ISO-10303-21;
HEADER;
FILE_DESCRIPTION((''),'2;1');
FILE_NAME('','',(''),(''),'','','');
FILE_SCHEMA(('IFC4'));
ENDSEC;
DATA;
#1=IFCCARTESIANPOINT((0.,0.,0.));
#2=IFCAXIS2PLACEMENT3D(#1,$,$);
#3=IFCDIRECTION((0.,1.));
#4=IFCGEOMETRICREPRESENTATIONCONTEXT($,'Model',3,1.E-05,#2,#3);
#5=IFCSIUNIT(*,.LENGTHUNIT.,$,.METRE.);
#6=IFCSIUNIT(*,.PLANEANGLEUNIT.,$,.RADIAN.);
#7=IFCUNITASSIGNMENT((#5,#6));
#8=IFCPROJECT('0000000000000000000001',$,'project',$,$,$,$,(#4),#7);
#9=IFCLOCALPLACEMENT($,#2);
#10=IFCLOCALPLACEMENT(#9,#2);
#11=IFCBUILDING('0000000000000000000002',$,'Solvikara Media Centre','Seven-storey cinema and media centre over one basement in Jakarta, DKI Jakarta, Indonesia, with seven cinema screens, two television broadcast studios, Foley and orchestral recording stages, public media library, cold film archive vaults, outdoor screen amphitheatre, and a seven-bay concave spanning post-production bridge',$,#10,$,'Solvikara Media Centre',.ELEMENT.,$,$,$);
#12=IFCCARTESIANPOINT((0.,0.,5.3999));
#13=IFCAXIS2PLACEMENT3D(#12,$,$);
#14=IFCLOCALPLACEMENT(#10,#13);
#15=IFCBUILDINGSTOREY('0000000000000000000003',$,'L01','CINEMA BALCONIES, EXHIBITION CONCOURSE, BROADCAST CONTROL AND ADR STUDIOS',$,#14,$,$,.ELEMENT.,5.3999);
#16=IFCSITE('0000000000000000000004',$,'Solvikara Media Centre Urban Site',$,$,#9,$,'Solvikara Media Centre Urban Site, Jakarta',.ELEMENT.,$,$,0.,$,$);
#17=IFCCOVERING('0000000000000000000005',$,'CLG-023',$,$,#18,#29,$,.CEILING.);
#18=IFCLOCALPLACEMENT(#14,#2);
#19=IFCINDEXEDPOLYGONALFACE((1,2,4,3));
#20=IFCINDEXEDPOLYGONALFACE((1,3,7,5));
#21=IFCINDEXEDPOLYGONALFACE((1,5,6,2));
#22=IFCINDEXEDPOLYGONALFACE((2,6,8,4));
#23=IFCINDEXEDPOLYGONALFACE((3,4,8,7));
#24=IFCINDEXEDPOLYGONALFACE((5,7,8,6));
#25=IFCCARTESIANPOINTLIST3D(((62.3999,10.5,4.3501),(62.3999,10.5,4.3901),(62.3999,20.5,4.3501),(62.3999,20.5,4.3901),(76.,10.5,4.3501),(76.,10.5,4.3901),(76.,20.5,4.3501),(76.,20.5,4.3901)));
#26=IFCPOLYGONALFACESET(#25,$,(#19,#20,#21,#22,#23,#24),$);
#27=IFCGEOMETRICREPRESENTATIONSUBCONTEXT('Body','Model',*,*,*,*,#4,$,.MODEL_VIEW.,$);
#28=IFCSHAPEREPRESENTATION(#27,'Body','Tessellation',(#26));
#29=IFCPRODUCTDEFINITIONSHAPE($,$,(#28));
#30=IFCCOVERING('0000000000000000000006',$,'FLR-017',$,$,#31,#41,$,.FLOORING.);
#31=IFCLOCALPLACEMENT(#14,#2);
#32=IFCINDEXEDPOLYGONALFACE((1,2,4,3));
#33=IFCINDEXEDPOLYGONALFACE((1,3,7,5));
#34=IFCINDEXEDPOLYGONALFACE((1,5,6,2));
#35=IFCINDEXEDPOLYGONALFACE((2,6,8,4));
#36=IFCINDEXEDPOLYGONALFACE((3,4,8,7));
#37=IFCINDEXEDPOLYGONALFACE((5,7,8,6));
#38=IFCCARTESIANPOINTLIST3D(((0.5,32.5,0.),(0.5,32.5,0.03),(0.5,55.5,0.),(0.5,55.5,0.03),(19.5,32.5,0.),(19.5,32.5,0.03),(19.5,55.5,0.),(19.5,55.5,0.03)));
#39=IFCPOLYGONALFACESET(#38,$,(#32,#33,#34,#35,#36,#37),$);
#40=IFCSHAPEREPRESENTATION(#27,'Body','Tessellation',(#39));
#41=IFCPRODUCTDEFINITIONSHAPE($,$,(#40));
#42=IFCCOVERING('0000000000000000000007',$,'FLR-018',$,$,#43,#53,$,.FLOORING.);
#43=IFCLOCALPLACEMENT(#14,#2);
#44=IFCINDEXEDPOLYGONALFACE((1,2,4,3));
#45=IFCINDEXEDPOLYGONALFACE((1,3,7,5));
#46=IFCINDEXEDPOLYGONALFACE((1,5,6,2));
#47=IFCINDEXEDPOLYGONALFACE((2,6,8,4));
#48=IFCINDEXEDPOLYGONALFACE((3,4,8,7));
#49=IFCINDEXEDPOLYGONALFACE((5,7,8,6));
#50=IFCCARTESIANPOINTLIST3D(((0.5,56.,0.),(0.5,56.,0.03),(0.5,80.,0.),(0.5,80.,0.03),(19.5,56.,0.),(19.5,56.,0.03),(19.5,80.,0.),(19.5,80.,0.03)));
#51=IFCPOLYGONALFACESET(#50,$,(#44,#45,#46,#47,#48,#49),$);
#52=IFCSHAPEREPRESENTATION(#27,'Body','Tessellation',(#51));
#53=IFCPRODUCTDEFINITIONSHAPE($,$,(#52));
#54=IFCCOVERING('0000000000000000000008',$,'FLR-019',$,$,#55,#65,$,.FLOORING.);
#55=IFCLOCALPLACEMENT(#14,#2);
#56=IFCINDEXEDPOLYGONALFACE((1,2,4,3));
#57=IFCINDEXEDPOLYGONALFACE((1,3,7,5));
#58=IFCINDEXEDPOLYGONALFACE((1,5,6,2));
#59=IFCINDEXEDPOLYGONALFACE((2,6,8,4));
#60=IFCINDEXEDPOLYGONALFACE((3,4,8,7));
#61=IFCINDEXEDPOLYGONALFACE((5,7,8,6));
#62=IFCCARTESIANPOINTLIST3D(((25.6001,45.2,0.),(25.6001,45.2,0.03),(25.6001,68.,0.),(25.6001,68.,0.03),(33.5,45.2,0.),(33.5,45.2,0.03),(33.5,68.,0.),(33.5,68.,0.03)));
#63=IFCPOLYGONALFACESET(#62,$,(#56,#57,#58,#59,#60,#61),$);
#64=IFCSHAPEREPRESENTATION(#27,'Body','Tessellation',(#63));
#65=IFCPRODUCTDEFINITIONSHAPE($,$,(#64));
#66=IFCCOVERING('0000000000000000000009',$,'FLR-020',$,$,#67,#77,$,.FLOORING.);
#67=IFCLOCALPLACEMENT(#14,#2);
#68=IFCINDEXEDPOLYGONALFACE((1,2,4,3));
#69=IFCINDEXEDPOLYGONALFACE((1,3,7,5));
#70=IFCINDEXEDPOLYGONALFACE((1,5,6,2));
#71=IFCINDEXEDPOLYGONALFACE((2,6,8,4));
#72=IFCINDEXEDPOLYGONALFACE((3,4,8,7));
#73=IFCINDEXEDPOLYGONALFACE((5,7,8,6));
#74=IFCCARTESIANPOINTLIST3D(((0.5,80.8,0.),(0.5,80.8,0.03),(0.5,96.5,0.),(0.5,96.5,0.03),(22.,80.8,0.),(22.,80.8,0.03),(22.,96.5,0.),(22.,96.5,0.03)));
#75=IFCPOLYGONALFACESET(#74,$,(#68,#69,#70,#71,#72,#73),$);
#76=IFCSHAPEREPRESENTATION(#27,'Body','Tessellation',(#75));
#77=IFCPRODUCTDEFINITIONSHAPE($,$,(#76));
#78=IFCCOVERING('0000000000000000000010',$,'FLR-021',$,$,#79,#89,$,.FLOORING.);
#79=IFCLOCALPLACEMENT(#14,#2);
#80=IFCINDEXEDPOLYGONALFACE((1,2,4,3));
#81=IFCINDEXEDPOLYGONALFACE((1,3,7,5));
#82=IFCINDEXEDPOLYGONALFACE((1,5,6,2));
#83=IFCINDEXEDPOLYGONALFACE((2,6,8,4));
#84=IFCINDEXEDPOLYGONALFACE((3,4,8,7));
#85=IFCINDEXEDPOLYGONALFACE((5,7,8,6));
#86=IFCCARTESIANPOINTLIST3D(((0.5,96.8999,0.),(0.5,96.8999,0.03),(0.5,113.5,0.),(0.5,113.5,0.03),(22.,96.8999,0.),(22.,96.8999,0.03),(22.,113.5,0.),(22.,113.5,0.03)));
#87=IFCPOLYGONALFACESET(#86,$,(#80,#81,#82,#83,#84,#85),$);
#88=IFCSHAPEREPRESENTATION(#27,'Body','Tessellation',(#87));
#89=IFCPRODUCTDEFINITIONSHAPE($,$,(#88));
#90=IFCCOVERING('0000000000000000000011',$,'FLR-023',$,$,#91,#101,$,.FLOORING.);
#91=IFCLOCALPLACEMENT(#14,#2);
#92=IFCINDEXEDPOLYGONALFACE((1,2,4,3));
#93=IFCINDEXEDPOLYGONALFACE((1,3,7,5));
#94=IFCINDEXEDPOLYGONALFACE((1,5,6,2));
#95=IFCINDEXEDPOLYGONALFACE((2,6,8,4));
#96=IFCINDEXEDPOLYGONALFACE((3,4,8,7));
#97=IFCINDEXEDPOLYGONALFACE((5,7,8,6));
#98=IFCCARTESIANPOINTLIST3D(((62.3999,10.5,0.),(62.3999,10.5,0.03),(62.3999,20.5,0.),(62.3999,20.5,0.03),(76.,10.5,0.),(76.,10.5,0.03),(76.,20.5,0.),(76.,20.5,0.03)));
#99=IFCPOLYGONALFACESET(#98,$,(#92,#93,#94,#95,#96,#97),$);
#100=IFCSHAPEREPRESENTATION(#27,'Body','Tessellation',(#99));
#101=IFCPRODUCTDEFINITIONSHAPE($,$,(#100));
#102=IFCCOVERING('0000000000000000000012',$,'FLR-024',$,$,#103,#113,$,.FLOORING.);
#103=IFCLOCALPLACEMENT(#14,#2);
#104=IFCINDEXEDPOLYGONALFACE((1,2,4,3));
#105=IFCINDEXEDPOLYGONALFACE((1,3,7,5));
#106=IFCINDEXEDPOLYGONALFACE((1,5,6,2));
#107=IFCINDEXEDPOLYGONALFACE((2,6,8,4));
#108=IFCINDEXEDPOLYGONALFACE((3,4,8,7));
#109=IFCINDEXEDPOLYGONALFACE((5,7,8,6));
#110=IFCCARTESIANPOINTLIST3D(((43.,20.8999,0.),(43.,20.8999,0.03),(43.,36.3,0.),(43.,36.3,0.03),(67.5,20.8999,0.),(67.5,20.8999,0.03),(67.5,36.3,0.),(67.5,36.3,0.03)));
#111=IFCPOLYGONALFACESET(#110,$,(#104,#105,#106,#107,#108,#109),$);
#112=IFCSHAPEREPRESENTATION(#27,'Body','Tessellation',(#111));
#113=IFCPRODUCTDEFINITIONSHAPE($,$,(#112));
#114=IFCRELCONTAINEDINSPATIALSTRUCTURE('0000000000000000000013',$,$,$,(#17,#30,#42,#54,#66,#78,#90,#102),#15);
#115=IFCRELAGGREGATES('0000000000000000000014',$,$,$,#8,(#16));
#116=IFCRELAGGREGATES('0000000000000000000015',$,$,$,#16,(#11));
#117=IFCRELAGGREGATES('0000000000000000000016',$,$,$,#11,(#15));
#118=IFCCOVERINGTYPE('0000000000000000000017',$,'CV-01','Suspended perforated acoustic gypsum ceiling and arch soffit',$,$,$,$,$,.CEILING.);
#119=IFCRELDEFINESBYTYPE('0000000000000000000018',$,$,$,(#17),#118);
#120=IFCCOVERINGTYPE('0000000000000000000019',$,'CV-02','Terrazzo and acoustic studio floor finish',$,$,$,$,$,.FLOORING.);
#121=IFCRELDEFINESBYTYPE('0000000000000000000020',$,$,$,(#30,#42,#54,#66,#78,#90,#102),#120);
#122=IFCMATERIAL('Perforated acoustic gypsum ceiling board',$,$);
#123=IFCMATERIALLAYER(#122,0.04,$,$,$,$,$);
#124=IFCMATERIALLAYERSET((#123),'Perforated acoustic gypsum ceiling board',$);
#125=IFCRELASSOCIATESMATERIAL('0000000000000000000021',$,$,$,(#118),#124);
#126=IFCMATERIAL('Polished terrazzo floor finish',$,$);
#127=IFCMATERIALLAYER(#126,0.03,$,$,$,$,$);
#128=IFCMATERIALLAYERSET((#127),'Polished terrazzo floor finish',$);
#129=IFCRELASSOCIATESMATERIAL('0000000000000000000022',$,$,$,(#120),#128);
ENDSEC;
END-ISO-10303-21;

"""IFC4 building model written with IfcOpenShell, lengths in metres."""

from ifc_helpers import new_model, si_unit, direction, frame, origin, place, context, subcontext, project, spatial, polyline, outline, extrude, material, layer, layer_set, type_object, element, save


model = new_model("IFC4")

# Units and contexts
model_context = context("Model", 3, precision=1e-05, world=origin(), true_north=direction((0.0, 1.0)))
body_context = subcontext(model_context, "Body", "Model", "MODEL_VIEW")
ifc_project = project(units=[si_unit("LENGTHUNIT", "METRE"), si_unit("PLANEANGLEUNIT", "RADIAN")], contexts=[model_context])

# Site, building, storey
site_placement = place(None, origin())
site = spatial("IfcSite", under=ifc_project, at=site_placement, Name="Solvikara Media Centre Urban Site", LongName="Solvikara Media Centre Urban Site, Jakarta", CompositionType="ELEMENT", RefElevation=0.0)
building_placement = place(site_placement, origin())
building = spatial("IfcBuilding", under=site, at=building_placement, Name="Solvikara Media Centre", Description="Seven-storey cinema and media centre over one basement in Jakarta, DKI Jakarta, Indonesia, with seven cinema screens, two television broadcast studios, Foley and orchestral recording stages, public media library, cold film archive vaults, outdoor screen amphitheatre, and a seven-bay concave spanning post-production bridge", LongName="Solvikara Media Centre", CompositionType="ELEMENT")
storey_placement = place(building_placement, frame((0.0, 0.0, 5.3999)))
storey = spatial("IfcBuildingStorey", under=building, at=storey_placement, Name="L01", Description="CINEMA BALCONIES, EXHIBITION CONCOURSE, BROADCAST CONTROL AND ADR STUDIOS", CompositionType="ELEMENT", Elevation=5.3999)

# Coverings
ifc_material_1 = material(Name="Perforated acoustic gypsum ceiling board")
ifc_layer_1 = layer(ifc_material_1, 0.04)
ifc_layer_set_1 = layer_set([ifc_layer_1], Name="Perforated acoustic gypsum ceiling board")
covering_type_1 = type_object("IfcCoveringType", Name="CV-01", Description="Suspended perforated acoustic gypsum ceiling and arch soffit", PredefinedType="CEILING", material=ifc_layer_set_1)
covering_1_placement = place(storey_placement, frame((0.0, 0.0, 4.3501)))
element("IfcCovering", 1, at=covering_1_placement, inside=storey, type_object=covering_type_1, Name="CLG-023", PredefinedType="CEILING", context=body_context, shape_type="SweptSolid", body=[
    extrude(outline(polyline([(62.3999, 10.5), (76.0, 10.5), (76.0, 20.5), (62.3999, 20.5), (62.3999, 10.5)])), origin(), (0.0, 0.0, 1.0), 0.04),
])
ifc_material_2 = material(Name="Polished terrazzo floor finish")
ifc_layer_2 = layer(ifc_material_2, 0.03)
ifc_layer_set_2 = layer_set([ifc_layer_2], Name="Polished terrazzo floor finish")
covering_type_2 = type_object("IfcCoveringType", Name="CV-02", Description="Terrazzo and acoustic studio floor finish", PredefinedType="FLOORING", material=ifc_layer_set_2)
covering_2_placement = place(storey_placement, origin())
element("IfcCovering", 2, at=covering_2_placement, inside=storey, type_object=covering_type_2, Name="FLR-017", PredefinedType="FLOORING", context=body_context, shape_type="SweptSolid", body=[
    extrude(outline(polyline([(0.5, 32.5), (19.5, 32.5), (19.5, 55.5), (0.5, 55.5), (0.5, 32.5)])), origin(), (0.0, 0.0, 1.0), 0.03),
])
covering_3_placement = place(storey_placement, origin())
element("IfcCovering", 3, at=covering_3_placement, inside=storey, type_object=covering_type_2, Name="FLR-018", PredefinedType="FLOORING", context=body_context, shape_type="SweptSolid", body=[
    extrude(outline(polyline([(0.5, 56.0), (19.5, 56.0), (19.5, 80.0), (0.5, 80.0), (0.5, 56.0)])), origin(), (0.0, 0.0, 1.0), 0.03),
])
covering_4_placement = place(storey_placement, origin())
element("IfcCovering", 4, at=covering_4_placement, inside=storey, type_object=covering_type_2, Name="FLR-019", PredefinedType="FLOORING", context=body_context, shape_type="SweptSolid", body=[
    extrude(outline(polyline([(25.6001, 45.2), (33.5, 45.2), (33.5, 68.0), (25.6001, 68.0), (25.6001, 45.2)])), origin(), (0.0, 0.0, 1.0), 0.03),
])
covering_5_placement = place(storey_placement, origin())
element("IfcCovering", 5, at=covering_5_placement, inside=storey, type_object=covering_type_2, Name="FLR-020", PredefinedType="FLOORING", context=body_context, shape_type="SweptSolid", body=[
    extrude(outline(polyline([(0.5, 80.8), (22.0, 80.8), (22.0, 96.5), (0.5, 96.5), (0.5, 80.8)])), origin(), (0.0, 0.0, 1.0), 0.03),
])
covering_6_placement = place(storey_placement, origin())
element("IfcCovering", 6, at=covering_6_placement, inside=storey, type_object=covering_type_2, Name="FLR-021", PredefinedType="FLOORING", context=body_context, shape_type="SweptSolid", body=[
    extrude(outline(polyline([(0.5, 96.8999), (22.0, 96.8999), (22.0, 113.5), (0.5, 113.5), (0.5, 96.8999)])), origin(), (0.0, 0.0, 1.0), 0.03),
])
covering_7_placement = place(storey_placement, origin())
element("IfcCovering", 7, at=covering_7_placement, inside=storey, type_object=covering_type_2, Name="FLR-023", PredefinedType="FLOORING", context=body_context, shape_type="SweptSolid", body=[
    extrude(outline(polyline([(62.3999, 10.5), (76.0, 10.5), (76.0, 20.5), (62.3999, 20.5), (62.3999, 10.5)])), origin(), (0.0, 0.0, 1.0), 0.03),
])
covering_8_placement = place(storey_placement, origin())
element("IfcCovering", 8, at=covering_8_placement, inside=storey, type_object=covering_type_2, Name="FLR-024", PredefinedType="FLOORING", context=body_context, shape_type="SweptSolid", body=[
    extrude(outline(polyline([(43.0, 20.8999), (67.5, 20.8999), (67.5, 36.3), (43.0, 36.3), (43.0, 20.8999)])), origin(), (0.0, 0.0, 1.0), 0.03),
])

save(model, "model.ifc")
